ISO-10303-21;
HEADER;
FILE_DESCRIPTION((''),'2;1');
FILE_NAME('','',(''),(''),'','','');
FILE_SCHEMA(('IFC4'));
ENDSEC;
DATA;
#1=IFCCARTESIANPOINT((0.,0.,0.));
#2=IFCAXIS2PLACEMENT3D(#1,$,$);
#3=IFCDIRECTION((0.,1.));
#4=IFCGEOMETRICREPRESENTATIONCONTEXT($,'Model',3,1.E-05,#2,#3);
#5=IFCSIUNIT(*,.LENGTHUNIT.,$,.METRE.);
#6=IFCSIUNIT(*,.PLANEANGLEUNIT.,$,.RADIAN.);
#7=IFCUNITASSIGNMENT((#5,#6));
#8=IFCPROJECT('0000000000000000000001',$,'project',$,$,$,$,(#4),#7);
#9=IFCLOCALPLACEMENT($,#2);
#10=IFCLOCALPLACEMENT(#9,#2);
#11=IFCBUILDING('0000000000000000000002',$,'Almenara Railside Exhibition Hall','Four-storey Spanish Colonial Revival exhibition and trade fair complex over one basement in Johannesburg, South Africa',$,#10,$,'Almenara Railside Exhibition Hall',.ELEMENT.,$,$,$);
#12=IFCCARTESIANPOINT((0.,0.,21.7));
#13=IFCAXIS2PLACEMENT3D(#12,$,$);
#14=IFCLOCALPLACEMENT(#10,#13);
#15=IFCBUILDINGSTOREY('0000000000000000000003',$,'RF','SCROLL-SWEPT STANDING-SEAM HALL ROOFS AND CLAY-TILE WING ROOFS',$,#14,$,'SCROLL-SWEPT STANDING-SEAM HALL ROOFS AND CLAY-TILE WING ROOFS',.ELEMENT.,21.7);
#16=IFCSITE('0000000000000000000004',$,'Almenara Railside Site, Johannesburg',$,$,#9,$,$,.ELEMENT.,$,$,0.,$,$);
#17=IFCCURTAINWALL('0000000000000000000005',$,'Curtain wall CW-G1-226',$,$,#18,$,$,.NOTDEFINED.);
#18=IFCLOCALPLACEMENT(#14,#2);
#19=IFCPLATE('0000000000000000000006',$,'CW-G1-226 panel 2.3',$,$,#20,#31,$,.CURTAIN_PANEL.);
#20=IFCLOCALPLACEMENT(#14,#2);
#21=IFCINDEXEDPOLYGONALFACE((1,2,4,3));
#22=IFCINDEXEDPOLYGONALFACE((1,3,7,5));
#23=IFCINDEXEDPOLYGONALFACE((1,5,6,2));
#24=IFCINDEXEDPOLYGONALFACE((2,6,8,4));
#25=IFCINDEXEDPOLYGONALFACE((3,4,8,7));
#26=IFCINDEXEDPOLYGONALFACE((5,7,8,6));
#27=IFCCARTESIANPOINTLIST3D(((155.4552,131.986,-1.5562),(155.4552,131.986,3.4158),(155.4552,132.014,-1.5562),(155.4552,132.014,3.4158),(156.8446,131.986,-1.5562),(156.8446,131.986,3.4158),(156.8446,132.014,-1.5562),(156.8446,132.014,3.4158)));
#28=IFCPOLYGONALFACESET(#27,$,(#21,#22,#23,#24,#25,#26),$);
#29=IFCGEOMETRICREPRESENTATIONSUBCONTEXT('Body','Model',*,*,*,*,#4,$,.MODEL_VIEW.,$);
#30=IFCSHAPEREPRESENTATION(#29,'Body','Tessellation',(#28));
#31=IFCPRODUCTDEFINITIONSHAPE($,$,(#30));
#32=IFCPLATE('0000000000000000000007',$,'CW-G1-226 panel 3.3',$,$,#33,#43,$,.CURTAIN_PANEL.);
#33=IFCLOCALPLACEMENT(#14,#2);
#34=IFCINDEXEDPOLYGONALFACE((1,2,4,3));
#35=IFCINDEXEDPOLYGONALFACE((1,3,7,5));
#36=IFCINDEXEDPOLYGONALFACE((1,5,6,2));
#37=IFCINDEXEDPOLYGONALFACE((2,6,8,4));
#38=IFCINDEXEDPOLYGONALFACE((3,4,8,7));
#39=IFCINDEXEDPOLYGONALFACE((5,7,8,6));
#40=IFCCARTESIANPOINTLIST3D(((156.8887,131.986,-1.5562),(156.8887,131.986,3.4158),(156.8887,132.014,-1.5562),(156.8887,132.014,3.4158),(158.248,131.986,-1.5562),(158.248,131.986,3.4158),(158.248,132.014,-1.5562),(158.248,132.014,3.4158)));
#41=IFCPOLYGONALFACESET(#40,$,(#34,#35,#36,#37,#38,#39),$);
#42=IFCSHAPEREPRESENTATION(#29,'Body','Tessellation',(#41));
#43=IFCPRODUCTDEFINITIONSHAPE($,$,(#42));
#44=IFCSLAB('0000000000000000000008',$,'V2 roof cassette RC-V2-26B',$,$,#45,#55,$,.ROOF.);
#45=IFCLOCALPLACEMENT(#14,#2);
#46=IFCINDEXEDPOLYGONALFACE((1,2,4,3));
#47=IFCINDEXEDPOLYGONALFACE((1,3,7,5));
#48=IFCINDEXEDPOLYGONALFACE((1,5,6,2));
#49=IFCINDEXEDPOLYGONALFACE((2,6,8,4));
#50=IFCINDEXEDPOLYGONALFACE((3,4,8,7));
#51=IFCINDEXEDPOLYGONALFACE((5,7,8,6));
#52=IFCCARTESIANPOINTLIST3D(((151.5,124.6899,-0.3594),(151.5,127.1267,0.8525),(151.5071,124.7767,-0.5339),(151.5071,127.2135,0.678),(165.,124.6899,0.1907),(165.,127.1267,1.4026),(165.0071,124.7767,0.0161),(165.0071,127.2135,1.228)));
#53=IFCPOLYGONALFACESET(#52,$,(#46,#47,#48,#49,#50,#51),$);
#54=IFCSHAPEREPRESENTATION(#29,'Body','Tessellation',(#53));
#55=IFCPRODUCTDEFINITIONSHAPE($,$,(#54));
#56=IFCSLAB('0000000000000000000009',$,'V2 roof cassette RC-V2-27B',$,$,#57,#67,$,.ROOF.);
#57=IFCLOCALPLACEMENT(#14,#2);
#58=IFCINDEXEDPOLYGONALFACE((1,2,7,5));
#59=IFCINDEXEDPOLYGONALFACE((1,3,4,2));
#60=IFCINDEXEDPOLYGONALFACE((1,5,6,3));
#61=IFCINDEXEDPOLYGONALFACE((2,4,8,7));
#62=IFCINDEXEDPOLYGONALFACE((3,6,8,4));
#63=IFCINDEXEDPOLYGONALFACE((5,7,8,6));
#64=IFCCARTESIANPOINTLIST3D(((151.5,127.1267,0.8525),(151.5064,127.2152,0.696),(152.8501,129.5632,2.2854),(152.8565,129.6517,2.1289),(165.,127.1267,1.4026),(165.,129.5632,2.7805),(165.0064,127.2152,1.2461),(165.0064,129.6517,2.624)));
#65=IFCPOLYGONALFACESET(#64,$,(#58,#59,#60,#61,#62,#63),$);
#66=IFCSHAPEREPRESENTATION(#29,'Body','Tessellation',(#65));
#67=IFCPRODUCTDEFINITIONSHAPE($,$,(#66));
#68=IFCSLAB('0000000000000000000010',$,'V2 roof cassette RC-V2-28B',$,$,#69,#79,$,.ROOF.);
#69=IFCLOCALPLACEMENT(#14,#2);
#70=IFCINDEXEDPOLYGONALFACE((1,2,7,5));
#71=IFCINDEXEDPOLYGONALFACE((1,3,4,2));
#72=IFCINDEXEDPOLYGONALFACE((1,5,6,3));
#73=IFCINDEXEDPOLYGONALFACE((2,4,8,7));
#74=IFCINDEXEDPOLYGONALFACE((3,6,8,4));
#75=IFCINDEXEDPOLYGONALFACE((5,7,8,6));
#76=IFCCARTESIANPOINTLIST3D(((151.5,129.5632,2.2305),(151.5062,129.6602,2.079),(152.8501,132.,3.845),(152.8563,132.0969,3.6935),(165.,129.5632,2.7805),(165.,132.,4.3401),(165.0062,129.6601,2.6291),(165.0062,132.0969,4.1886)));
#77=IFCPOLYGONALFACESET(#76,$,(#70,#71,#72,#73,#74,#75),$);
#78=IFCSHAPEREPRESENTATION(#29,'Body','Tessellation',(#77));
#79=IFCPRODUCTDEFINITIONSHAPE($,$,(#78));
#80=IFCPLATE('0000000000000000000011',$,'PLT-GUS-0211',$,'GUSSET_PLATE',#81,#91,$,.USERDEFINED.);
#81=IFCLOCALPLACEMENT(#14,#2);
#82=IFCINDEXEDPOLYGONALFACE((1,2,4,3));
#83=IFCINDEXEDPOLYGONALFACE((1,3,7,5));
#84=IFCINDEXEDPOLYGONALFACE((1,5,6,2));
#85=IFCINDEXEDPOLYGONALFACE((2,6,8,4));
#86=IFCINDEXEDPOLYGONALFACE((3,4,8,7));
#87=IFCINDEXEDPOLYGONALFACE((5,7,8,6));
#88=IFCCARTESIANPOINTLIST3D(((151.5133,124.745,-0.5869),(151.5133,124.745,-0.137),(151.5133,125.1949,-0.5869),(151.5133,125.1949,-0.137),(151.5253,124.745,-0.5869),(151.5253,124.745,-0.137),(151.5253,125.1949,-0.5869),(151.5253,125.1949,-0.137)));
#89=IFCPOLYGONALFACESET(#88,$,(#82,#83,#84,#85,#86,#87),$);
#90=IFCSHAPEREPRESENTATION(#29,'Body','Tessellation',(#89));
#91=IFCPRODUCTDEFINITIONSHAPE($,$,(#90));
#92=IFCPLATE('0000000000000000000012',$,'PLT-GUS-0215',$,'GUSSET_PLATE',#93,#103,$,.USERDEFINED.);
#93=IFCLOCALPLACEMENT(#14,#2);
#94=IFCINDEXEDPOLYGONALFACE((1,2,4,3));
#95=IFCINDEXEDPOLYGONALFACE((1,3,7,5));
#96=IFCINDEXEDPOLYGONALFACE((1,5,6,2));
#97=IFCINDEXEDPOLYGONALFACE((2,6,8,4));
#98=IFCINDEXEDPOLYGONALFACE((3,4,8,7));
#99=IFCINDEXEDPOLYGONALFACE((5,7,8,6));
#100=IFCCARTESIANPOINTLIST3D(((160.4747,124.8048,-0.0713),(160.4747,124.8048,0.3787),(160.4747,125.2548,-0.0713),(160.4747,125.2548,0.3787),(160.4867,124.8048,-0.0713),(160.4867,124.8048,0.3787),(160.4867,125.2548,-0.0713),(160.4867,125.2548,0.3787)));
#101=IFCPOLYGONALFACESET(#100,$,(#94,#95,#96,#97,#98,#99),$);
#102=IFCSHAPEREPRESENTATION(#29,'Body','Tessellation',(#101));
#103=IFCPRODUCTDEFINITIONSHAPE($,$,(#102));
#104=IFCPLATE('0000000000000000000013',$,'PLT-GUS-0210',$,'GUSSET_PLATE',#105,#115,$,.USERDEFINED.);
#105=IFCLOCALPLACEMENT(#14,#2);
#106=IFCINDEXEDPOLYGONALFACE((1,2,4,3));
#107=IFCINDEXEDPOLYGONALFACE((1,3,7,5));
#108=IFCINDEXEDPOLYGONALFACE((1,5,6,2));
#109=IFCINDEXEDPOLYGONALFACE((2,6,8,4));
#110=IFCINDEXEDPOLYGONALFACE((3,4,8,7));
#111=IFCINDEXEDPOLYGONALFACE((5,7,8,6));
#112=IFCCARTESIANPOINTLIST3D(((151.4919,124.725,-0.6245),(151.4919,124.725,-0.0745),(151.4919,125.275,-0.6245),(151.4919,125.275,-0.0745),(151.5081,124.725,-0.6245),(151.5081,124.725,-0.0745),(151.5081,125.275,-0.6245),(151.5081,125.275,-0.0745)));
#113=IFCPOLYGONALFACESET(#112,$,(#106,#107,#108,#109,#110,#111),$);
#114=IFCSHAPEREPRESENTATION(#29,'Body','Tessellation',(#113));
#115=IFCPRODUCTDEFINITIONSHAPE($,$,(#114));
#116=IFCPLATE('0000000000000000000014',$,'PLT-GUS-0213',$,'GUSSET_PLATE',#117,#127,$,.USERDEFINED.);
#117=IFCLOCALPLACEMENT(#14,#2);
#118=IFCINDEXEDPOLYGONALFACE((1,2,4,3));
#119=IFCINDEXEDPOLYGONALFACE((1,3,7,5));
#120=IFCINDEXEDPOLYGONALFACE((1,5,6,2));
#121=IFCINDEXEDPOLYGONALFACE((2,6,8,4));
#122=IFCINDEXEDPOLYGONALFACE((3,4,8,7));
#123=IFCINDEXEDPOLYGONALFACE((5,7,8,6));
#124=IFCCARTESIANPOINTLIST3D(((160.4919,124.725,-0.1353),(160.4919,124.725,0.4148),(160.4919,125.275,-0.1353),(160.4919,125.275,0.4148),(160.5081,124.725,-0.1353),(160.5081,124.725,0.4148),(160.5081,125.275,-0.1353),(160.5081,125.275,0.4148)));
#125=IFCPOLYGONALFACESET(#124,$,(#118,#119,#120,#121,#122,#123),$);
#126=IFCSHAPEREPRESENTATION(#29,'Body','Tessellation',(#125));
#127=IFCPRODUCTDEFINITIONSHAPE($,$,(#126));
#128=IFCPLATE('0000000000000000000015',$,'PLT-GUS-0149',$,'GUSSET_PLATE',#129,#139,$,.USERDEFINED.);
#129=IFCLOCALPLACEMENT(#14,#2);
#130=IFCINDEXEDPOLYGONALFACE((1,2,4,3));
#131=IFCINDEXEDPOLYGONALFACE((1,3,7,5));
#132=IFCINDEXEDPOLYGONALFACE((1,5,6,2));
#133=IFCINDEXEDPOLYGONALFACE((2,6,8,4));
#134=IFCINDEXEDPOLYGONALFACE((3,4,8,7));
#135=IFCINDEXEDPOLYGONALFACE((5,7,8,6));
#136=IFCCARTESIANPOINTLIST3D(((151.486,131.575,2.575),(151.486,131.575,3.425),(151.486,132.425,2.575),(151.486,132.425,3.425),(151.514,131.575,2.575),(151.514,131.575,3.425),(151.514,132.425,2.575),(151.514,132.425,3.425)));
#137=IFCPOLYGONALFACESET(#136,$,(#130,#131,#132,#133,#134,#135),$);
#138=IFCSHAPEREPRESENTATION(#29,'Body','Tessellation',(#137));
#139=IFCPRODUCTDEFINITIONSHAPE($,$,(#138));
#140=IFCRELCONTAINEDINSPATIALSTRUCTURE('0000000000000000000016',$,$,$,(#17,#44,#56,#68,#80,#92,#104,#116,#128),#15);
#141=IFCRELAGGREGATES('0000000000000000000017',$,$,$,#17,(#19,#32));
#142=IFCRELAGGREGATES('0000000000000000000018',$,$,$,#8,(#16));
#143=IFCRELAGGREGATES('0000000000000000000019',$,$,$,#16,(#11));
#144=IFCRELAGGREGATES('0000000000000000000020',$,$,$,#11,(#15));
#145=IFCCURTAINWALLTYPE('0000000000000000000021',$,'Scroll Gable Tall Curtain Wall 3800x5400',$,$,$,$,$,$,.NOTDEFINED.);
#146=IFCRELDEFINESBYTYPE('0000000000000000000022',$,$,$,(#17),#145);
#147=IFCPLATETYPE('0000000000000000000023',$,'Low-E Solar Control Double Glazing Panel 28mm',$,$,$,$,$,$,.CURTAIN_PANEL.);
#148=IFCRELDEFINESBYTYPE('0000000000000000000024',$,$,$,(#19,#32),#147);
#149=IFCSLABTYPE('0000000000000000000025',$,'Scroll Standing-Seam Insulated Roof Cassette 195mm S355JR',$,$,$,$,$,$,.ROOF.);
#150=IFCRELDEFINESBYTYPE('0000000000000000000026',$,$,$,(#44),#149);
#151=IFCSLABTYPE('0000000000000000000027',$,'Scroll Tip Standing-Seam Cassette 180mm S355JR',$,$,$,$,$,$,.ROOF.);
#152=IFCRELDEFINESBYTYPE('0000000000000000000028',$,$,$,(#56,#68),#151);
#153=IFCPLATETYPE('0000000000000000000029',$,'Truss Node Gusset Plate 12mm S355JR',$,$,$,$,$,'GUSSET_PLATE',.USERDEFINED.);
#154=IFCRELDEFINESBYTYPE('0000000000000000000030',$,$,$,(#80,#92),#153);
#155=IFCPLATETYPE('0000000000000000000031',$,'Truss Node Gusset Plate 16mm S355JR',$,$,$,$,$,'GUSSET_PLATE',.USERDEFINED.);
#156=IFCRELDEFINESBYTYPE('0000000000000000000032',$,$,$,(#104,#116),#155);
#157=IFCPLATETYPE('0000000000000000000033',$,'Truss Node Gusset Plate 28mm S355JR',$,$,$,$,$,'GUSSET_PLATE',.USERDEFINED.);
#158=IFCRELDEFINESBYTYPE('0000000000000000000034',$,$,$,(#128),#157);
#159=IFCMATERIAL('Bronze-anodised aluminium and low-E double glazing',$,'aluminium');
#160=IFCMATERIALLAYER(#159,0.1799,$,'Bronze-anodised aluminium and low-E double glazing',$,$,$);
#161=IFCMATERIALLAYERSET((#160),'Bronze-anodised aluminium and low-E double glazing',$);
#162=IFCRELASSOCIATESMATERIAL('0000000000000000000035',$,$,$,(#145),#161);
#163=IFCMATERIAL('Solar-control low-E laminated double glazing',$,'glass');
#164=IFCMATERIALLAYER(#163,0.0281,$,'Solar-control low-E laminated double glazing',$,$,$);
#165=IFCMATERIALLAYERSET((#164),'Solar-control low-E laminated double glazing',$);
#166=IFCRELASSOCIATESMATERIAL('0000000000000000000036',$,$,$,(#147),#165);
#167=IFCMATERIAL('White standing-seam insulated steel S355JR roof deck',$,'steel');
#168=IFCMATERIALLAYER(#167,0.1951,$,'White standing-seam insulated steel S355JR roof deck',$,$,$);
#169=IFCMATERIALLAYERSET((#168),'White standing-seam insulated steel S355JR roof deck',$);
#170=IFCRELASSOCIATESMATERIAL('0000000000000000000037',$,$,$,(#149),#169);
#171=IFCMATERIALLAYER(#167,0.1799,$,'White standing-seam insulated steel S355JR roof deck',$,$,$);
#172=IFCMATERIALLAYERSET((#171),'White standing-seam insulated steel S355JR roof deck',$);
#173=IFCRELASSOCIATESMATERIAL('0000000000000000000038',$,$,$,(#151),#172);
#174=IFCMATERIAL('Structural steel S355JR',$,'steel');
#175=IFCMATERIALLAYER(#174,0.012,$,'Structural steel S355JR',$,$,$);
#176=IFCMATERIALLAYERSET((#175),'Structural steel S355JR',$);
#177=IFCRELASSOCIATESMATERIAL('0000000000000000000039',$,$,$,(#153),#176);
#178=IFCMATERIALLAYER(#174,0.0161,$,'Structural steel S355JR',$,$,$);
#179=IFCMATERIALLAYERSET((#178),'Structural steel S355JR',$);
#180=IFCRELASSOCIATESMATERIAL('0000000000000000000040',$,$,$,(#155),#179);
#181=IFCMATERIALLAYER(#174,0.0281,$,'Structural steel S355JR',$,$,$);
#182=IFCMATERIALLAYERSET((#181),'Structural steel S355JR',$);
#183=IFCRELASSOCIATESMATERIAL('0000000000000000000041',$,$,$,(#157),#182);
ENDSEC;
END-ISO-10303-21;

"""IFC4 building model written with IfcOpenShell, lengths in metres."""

from ifc_helpers import new_model, si_unit, direction, frame, origin, origin_2d, place, context, subcontext, project, spatial, polyline, rectangle, outline, extrude, material, layer, layer_set, type_object, element, aggregate, save


model = new_model("IFC4")

# Units and contexts
model_context = context("Model", 3, precision=1e-05, world=origin(), true_north=direction((0.0, 1.0)))
body_context = subcontext(model_context, "Body", "Model", "MODEL_VIEW")
ifc_project = project(units=[si_unit("LENGTHUNIT", "METRE"), si_unit("PLANEANGLEUNIT", "RADIAN")], contexts=[model_context])

# Site, building, storey
site_placement = place(None, origin())
site = spatial("IfcSite", under=ifc_project, at=site_placement, Name="Almenara Railside Site, Johannesburg", CompositionType="ELEMENT", RefElevation=0.0)
building_placement = place(site_placement, origin())
building = spatial("IfcBuilding", under=site, at=building_placement, Name="Almenara Railside Exhibition Hall", Description="Four-storey Spanish Colonial Revival exhibition and trade fair complex over one basement in Johannesburg, South Africa", LongName="Almenara Railside Exhibition Hall", CompositionType="ELEMENT")
storey_placement = place(building_placement, frame((0.0, 0.0, 21.7)))
storey = spatial("IfcBuildingStorey", under=building, at=storey_placement, Name="RF", Description="SCROLL-SWEPT STANDING-SEAM HALL ROOFS AND CLAY-TILE WING ROOFS", LongName="SCROLL-SWEPT STANDING-SEAM HALL ROOFS AND CLAY-TILE WING ROOFS", CompositionType="ELEMENT", Elevation=21.7)

# Shared definitions
ifc_material_1 = material(Name="Structural steel S355JR", Category="steel")

# Curtain wall
ifc_material_2 = material(Name="Bronze-anodised aluminium and low-E double glazing", Category="aluminium")
ifc_layer_1 = layer(ifc_material_2, 0.1799, Name="Bronze-anodised aluminium and low-E double glazing")
ifc_layer_set_1 = layer_set([ifc_layer_1], Name="Bronze-anodised aluminium and low-E double glazing")
curtain_wall_type = type_object("IfcCurtainWallType", Name="Scroll Gable Tall Curtain Wall 3800x5400", PredefinedType="NOTDEFINED", material=ifc_layer_set_1)
curtain_wall_1_placement = place(storey_placement, origin())
curtain_wall_1 = element("IfcCurtainWall", 1, at=curtain_wall_1_placement, inside=storey, type_object=curtain_wall_type, Name="Curtain wall CW-G1-226", PredefinedType="NOTDEFINED")

# Plates
ifc_material_3 = material(Name="Solar-control low-E laminated double glazing", Category="glass")
ifc_layer_2 = layer(ifc_material_3, 0.0281, Name="Solar-control low-E laminated double glazing")
ifc_layer_set_2 = layer_set([ifc_layer_2], Name="Solar-control low-E laminated double glazing")
plate_type_1 = type_object("IfcPlateType", Name="Low-E Solar Control Double Glazing Panel 28mm", PredefinedType="CURTAIN_PANEL", material=ifc_layer_set_2)
plate_1_placement = place(storey_placement, frame((156.1499, 132.0, -1.5562), z_axis=(0.0, 0.0, 1.0), x_axis=(1.0, 0.0, 0.0)))
plate_1 = element("IfcPlate", 2, at=plate_1_placement, type_object=plate_type_1, Name="CW-G1-226 panel 2.3", PredefinedType="CURTAIN_PANEL", context=body_context, shape_type="SweptSolid", body=[
    extrude(rectangle(XDim=1.3894, YDim=0.0281, at=origin_2d()), origin(), (0.0, 0.0, 1.0), 4.9719),
])
plate_2_placement = place(storey_placement, frame((157.5684, 132.0, -1.5562), z_axis=(0.0, 0.0, 1.0), x_axis=(1.0, 0.0, 0.0)))
plate_2 = element("IfcPlate", 3, at=plate_2_placement, type_object=plate_type_1, Name="CW-G1-226 panel 3.3", PredefinedType="CURTAIN_PANEL", context=body_context, shape_type="SweptSolid", body=[
    extrude(rectangle(XDim=1.3594, YDim=0.0281, at=origin_2d()), origin(), (0.0, 0.0, 1.0), 4.9719),
])
aggregate(curtain_wall_1, [plate_1, plate_2])

# Slabs
ifc_material_4 = material(Name="White standing-seam insulated steel S355JR roof deck", Category="steel")
ifc_layer_3 = layer(ifc_material_4, 0.1951, Name="White standing-seam insulated steel S355JR roof deck")
ifc_layer_set_3 = layer_set([ifc_layer_3], Name="White standing-seam insulated steel S355JR roof deck")
slab_type_1 = type_object("IfcSlabType", Name="Scroll Standing-Seam Insulated Roof Cassette 195mm S355JR", PredefinedType="ROOF", material=ifc_layer_set_3)
slab_1_placement = place(storey_placement, frame((151.5, 124.6899, -0.3594), z_axis=(-0.036457, -0.445015, 0.894781), x_axis=(0.999171, 0.0, 0.040711)))
element("IfcSlab", 4, at=slab_1_placement, inside=storey, type_object=slab_type_1, Name="V2 roof cassette RC-V2-26B", PredefinedType="ROOF", context=body_context, shape_type="SweptSolid", body=[
    extrude(outline(polyline([(0.0, 0.0), (13.5112, 0.0), (13.5605, 2.7211), (0.0493, 2.7211), (0.0, 0.0)])), origin(), (0.0, 0.0, -1.0), 0.1951),
])
ifc_layer_4 = layer(ifc_material_4, 0.1799, Name="White standing-seam insulated steel S355JR roof deck")
ifc_layer_set_4 = layer_set([ifc_layer_4], Name="White standing-seam insulated steel S355JR roof deck")
slab_type_2 = type_object("IfcSlabType", Name="Scroll Tip Standing-Seam Cassette 180mm S355JR", PredefinedType="ROOF", material=ifc_layer_set_4)
slab_2_placement = place(storey_placement, frame((151.5, 127.1267, 0.8525), z_axis=(-0.035446, -0.491944, 0.869905), x_axis=(0.999171, -0.000001, 0.040713)))
element("IfcSlab", 5, at=slab_2_placement, inside=storey, type_object=slab_type_2, Name="V2 roof cassette RC-V2-27B", PredefinedType="ROOF", context=body_context, shape_type="SweptSolid", body=[
    extrude(outline(polyline([(0.0, 0.0), (13.5112, 0.0), (13.5673, 2.7986), (1.4073, 2.7986), (0.0, 0.0)])), origin(), (0.0, 0.0, -1.0), 0.1799),
])
slab_3_placement = place(storey_placement, frame((151.5, 129.5632, 2.2305), z_axis=(-0.0343, -0.538736, 0.841776), x_axis=(0.999171, -0.000001, 0.040713)))
element("IfcSlab", 6, at=slab_3_placement, inside=storey, type_object=slab_type_2, Name="V2 roof cassette RC-V2-28B", PredefinedType="ROOF", context=body_context, shape_type="SweptSolid", body=[
    extrude(outline(polyline([(0.0, 0.0), (13.5112, 0.0), (13.5747, 2.8924), (1.4147, 2.8924), (0.0, 0.0)])), origin(), (0.0, 0.0, -1.0), 0.1799),
])

# Plates
ifc_layer_5 = layer(ifc_material_1, 0.012, Name="Structural steel S355JR")
ifc_layer_set_5 = layer_set([ifc_layer_5], Name="Structural steel S355JR")
plate_type_2 = type_object("IfcPlateType", Name="Truss Node Gusset Plate 12mm S355JR", ElementType="GUSSET_PLATE", PredefinedType="USERDEFINED", material=ifc_layer_set_5)
for number, where, z_axis, x_axis, name in (
    (7, (151.5193, 124.97, -0.5869), (0.0, 0.0, 1.0), (0.0, 1.0, 0.0), "PLT-GUS-0211"),
    (8, (160.4807, 125.0298, -0.0713), (0.0, 0.0, 1.0), (0.0, 1.0, 0.0), "PLT-GUS-0215"),
):
    element("IfcPlate", number, at=place(storey_placement, frame(where, z_axis=z_axis, x_axis=x_axis)), inside=storey, type_object=plate_type_2, Name=name, ObjectType="GUSSET_PLATE", PredefinedType="USERDEFINED", context=body_context, shape_type="SweptSolid", body=[
        extrude(rectangle(XDim=0.45, YDim=0.012, at=origin_2d()), origin(), (0.0, 0.0, 1.0), 0.45),
    ])
ifc_layer_6 = layer(ifc_material_1, 0.0161, Name="Structural steel S355JR")
ifc_layer_set_6 = layer_set([ifc_layer_6], Name="Structural steel S355JR")
plate_type_3 = type_object("IfcPlateType", Name="Truss Node Gusset Plate 16mm S355JR", ElementType="GUSSET_PLATE", PredefinedType="USERDEFINED", material=ifc_layer_set_6)
for number, where, z_axis, x_axis, name in (
    (9, (151.5, 125.0, -0.6245), (0.0, 0.0, 1.0), (0.0, 1.0, 0.0), "PLT-GUS-0210"),
    (10, (160.5, 125.0, -0.1353), (0.0, 0.0, 1.0), (0.0, 1.0, 0.0), "PLT-GUS-0213"),
):
    element("IfcPlate", number, at=place(storey_placement, frame(where, z_axis=z_axis, x_axis=x_axis)), inside=storey, type_object=plate_type_3, Name=name, ObjectType="GUSSET_PLATE", PredefinedType="USERDEFINED", context=body_context, shape_type="SweptSolid", body=[
        extrude(rectangle(XDim=0.55, YDim=0.0161, at=origin_2d()), origin(), (0.0, 0.0, 1.0), 0.55),
    ])
ifc_layer_7 = layer(ifc_material_1, 0.0281, Name="Structural steel S355JR")
ifc_layer_set_7 = layer_set([ifc_layer_7], Name="Structural steel S355JR")
plate_type_4 = type_object("IfcPlateType", Name="Truss Node Gusset Plate 28mm S355JR", ElementType="GUSSET_PLATE", PredefinedType="USERDEFINED", material=ifc_layer_set_7)
plate_3_placement = place(storey_placement, frame((151.5, 132.0, 2.575), z_axis=(0.0, 0.0, 1.0), x_axis=(0.0, 1.0, 0.0)))
element("IfcPlate", 11, at=plate_3_placement, inside=storey, type_object=plate_type_4, Name="PLT-GUS-0149", ObjectType="GUSSET_PLATE", PredefinedType="USERDEFINED", context=body_context, shape_type="SweptSolid", body=[
    extrude(rectangle(XDim=0.8501, YDim=0.0281, at=origin_2d()), origin(), (0.0, 0.0, 1.0), 0.8501),
])

save(model, "model.ifc")
